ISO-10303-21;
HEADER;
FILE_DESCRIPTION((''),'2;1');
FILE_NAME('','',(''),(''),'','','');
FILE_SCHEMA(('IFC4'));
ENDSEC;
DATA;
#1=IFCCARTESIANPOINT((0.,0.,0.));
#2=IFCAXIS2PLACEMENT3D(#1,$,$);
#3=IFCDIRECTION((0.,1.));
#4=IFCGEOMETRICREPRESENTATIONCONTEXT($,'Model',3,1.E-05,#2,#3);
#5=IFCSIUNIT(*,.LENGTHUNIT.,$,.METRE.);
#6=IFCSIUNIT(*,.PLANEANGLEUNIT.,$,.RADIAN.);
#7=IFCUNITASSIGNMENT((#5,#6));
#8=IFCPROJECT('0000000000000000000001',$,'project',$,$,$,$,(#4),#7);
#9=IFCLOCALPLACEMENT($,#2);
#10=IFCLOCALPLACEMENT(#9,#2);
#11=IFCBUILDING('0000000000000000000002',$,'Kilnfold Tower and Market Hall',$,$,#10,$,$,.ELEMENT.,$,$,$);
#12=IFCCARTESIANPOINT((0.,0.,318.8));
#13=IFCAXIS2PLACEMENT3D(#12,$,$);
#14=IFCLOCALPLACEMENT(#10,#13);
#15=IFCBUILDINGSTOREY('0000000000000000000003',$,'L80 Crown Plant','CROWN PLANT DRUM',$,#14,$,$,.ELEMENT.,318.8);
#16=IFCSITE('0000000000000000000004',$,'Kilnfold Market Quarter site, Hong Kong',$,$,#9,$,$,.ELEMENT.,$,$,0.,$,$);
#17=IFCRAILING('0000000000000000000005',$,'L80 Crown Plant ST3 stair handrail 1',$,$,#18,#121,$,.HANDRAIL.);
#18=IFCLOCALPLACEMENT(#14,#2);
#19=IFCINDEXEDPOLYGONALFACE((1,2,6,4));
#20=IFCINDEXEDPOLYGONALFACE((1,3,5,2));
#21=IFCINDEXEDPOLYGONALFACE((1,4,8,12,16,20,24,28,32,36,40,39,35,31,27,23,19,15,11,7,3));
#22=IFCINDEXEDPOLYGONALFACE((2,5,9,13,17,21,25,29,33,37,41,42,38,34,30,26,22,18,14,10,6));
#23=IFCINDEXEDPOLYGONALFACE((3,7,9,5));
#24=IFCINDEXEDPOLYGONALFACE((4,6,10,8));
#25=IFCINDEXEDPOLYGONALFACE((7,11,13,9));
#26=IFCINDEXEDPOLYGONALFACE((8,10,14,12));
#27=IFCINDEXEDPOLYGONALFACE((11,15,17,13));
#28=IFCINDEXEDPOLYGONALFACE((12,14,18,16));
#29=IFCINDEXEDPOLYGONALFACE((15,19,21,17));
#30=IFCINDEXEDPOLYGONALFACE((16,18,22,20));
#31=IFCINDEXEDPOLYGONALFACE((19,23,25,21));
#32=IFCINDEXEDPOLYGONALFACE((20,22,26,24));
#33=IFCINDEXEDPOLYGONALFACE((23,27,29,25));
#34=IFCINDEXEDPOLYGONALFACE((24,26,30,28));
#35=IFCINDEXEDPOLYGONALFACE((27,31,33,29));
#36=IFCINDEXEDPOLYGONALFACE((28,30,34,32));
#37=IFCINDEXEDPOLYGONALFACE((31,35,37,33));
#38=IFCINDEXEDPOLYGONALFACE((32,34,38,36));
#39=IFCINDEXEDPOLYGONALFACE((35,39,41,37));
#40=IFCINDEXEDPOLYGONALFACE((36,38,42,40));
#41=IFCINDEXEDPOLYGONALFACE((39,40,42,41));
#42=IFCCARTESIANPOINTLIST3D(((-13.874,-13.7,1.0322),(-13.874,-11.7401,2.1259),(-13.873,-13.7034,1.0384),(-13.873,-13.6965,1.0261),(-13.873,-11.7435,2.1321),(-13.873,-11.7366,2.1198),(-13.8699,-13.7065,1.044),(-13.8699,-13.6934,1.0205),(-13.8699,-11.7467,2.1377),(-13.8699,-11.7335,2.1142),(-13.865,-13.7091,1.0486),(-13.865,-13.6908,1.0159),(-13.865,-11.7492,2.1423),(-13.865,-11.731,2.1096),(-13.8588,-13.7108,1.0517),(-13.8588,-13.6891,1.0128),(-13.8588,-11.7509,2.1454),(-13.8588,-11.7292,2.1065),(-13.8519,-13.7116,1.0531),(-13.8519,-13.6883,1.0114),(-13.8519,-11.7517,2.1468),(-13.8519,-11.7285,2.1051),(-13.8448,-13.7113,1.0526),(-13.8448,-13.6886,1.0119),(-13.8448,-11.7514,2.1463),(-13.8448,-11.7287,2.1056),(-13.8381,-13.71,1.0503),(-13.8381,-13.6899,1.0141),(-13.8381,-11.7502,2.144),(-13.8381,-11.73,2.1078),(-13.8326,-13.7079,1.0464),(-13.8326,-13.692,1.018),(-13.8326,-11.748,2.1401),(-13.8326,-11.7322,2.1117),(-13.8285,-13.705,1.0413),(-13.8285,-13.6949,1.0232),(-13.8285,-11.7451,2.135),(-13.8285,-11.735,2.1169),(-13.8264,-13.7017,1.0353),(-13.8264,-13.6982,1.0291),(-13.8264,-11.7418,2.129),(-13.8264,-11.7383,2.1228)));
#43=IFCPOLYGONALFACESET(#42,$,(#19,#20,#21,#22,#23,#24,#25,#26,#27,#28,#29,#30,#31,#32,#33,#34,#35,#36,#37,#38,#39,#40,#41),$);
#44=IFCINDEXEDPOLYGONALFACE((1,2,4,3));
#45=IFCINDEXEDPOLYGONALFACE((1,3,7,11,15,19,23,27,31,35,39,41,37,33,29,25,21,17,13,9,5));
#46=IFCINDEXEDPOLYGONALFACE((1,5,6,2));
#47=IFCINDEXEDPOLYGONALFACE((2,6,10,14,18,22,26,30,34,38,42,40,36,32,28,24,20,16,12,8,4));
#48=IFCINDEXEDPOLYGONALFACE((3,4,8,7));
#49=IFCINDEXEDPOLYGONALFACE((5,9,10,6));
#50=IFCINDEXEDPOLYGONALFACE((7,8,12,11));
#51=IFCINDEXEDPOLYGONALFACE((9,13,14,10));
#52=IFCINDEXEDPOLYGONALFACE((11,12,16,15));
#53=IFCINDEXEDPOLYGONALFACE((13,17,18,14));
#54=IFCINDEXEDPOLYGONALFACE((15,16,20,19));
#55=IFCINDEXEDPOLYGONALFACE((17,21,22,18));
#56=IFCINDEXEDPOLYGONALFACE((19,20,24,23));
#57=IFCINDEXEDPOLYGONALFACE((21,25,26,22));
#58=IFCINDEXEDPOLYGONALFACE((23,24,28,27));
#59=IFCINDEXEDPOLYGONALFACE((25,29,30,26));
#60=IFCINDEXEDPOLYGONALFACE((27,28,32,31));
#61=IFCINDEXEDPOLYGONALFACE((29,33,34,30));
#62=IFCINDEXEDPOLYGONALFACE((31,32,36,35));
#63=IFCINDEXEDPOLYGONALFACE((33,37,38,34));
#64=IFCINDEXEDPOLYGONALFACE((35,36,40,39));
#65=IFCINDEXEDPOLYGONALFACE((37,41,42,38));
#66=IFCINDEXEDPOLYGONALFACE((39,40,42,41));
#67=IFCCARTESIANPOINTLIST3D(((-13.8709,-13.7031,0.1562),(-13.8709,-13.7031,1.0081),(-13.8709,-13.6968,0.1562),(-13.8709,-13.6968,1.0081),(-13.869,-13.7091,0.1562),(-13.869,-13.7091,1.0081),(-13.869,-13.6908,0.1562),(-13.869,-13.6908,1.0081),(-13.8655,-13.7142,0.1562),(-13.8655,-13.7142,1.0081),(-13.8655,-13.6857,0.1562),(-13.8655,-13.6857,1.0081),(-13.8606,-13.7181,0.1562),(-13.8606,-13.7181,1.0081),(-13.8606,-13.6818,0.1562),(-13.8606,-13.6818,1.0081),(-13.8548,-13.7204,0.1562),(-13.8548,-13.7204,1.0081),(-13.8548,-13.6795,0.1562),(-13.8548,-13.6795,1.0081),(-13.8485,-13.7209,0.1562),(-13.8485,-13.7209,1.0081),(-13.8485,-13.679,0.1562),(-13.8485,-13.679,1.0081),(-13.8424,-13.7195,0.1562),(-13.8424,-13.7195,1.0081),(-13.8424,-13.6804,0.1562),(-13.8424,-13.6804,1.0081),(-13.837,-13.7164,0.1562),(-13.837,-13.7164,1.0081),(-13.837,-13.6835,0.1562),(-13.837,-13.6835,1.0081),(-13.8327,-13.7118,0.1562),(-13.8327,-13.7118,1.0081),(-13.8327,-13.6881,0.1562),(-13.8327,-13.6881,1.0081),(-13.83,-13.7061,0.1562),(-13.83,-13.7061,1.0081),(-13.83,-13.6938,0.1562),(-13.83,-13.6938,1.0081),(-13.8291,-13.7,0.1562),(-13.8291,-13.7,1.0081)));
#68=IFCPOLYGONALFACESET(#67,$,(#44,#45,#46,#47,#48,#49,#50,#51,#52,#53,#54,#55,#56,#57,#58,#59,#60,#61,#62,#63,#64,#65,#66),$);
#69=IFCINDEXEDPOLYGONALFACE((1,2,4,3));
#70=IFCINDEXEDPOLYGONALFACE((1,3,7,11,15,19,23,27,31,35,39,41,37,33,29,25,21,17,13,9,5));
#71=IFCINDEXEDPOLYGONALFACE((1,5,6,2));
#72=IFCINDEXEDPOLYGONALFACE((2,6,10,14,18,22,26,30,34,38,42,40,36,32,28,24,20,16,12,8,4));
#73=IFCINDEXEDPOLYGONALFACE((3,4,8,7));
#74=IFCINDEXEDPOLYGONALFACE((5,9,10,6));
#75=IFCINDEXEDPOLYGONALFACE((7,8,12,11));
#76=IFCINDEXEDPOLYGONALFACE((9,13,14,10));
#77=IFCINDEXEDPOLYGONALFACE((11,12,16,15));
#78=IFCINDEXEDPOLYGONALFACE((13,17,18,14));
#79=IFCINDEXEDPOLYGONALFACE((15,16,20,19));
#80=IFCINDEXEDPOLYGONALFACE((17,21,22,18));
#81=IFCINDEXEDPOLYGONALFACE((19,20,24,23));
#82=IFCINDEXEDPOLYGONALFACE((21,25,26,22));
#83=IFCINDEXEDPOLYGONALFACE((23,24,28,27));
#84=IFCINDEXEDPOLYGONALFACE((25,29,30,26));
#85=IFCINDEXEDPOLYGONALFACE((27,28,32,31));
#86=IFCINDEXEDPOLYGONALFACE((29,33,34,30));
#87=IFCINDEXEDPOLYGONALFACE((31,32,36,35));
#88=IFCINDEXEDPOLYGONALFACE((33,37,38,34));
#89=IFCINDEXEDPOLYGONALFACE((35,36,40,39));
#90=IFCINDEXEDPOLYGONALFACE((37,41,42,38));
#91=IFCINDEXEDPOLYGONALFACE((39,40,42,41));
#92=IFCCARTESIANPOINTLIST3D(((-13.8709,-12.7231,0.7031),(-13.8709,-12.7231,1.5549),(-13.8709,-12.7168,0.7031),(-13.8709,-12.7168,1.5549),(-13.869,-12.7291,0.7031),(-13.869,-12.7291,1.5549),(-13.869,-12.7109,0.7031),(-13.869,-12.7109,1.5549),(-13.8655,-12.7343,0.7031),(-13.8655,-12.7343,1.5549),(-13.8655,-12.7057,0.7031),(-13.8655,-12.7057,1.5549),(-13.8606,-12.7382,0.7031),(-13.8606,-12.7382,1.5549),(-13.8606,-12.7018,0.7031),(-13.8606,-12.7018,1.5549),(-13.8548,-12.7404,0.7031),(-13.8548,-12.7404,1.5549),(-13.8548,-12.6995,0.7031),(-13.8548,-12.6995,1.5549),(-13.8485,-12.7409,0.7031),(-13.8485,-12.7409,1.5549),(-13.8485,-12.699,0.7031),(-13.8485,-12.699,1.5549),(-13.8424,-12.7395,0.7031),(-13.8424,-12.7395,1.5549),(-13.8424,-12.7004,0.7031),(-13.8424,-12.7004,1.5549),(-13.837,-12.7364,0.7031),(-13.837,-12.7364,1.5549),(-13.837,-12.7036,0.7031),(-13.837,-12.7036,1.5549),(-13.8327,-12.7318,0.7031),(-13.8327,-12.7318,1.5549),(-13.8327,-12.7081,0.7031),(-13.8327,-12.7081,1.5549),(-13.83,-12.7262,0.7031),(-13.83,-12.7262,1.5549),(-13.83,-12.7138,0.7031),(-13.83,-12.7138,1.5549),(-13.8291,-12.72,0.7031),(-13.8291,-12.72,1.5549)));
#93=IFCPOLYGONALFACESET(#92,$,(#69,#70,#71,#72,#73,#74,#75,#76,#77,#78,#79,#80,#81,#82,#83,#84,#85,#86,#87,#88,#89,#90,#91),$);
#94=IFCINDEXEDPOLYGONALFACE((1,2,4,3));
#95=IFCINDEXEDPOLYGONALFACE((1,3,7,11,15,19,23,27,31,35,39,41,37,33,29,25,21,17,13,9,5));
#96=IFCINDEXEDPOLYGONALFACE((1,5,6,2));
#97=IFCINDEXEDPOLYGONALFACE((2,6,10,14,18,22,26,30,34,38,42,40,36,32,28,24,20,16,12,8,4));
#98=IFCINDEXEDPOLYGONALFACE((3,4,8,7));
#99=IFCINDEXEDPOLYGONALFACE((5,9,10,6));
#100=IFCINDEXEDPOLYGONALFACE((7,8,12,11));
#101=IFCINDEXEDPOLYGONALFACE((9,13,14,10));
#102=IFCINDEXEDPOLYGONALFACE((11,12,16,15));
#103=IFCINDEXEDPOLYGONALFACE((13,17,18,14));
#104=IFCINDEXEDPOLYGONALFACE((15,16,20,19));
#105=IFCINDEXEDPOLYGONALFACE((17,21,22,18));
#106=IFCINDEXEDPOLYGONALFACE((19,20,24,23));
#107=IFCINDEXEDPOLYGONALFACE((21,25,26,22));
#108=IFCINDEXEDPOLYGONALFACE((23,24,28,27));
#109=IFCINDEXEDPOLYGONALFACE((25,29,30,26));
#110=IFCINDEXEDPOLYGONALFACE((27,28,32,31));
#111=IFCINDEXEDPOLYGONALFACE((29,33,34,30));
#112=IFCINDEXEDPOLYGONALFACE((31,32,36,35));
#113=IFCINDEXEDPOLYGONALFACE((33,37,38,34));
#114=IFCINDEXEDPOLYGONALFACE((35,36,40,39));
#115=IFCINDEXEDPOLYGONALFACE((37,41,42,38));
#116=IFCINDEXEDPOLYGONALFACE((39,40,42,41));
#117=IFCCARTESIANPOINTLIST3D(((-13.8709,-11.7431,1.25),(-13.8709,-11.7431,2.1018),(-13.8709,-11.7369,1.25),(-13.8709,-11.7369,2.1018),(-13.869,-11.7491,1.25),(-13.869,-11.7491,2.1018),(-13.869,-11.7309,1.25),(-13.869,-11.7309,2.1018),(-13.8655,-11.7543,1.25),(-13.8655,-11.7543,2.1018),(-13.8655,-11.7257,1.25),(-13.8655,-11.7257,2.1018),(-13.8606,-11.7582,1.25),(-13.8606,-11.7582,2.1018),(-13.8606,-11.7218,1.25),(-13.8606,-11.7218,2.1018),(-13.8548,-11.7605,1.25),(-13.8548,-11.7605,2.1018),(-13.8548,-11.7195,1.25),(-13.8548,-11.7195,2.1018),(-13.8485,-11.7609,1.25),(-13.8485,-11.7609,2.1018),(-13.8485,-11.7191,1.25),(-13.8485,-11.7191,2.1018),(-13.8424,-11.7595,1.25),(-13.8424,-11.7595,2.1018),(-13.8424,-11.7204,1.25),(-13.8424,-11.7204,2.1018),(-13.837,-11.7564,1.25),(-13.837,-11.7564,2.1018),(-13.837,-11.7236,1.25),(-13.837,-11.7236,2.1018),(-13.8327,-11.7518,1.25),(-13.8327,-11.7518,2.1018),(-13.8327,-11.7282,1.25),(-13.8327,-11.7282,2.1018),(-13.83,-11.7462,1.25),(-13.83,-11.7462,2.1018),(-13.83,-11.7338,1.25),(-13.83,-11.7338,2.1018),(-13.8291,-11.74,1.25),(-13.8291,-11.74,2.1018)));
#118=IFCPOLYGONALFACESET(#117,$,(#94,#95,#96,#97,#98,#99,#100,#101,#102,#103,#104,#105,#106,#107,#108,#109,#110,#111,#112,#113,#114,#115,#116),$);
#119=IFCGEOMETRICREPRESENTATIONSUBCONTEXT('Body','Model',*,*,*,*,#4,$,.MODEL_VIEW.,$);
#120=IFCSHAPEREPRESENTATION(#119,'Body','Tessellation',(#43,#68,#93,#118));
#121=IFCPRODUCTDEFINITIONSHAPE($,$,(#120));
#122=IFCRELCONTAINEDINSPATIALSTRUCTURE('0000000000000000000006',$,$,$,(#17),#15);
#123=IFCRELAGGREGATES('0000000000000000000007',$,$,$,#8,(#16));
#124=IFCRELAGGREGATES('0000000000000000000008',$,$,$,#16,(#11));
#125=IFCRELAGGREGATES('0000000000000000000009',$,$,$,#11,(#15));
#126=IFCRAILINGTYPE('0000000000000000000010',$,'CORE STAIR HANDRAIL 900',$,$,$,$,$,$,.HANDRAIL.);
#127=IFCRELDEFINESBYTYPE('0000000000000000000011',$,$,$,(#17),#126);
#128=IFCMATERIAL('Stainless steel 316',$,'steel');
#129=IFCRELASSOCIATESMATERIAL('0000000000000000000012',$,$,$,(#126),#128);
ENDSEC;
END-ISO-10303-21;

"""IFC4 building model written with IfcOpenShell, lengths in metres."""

from ifc_helpers import new_model, si_unit, direction, frame, origin, origin_2d, place, context, subcontext, project, spatial, circle, extrude, material, type_object, element, save


model = new_model("IFC4")

# Units and contexts
model_context = context("Model", 3, precision=1e-05, world=origin(), true_north=direction((0.0, 1.0)))
body_context = subcontext(model_context, "Body", "Model", "MODEL_VIEW")
ifc_project = project(units=[si_unit("LENGTHUNIT", "METRE"), si_unit("PLANEANGLEUNIT", "RADIAN")], contexts=[model_context])

# Site, building, storey
site_placement = place(None, origin())
site = spatial("IfcSite", under=ifc_project, at=site_placement, Name="Kilnfold Market Quarter site, Hong Kong", CompositionType="ELEMENT", RefElevation=0.0)
building_placement = place(site_placement, origin())
building = spatial("IfcBuilding", under=site, at=building_placement, Name="Kilnfold Tower and Market Hall", CompositionType="ELEMENT")
storey_placement = place(building_placement, frame((0.0, 0.0, 318.8)))
storey = spatial("IfcBuildingStorey", under=building, at=storey_placement, Name="L80 Crown Plant", Description="CROWN PLANT DRUM", CompositionType="ELEMENT", Elevation=318.8)

# Railing
ifc_material_1 = material(Name="Stainless steel 316", Category="steel")
railing_type_1 = type_object("IfcRailingType", Name="CORE STAIR HANDRAIL 900", PredefinedType="HANDRAIL", material=ifc_material_1)
railing_1_placement = place(storey_placement, frame((-13.8501, -13.7, 0.1562)))
element("IfcRailing", 1, at=railing_1_placement, inside=storey, type_object=railing_type_1, Name="L80 Crown Plant ST3 stair handrail 1", PredefinedType="HANDRAIL", context=body_context, shape_type="SweptSolid", body=[
    extrude(circle(Radius=0.0239, at=origin_2d()), frame((0.0, 0.0, 0.876), z_axis=(0.0, 0.873232, 0.487304), x_axis=(-1.0, 0.0, 0.0)), (0.0, 0.0, 1.0), 2.2444),
    extrude(circle(Radius=0.021, at=origin_2d()), origin(), (0.0, 0.0, 1.0), 0.8518),
    extrude(circle(Radius=0.021, at=origin_2d()), frame((0.0, 0.98, 0.5469)), (0.0, 0.0, 1.0), 0.8518),
    extrude(circle(Radius=0.021, at=origin_2d()), frame((0.0, 1.96, 1.0938)), (0.0, 0.0, 1.0), 0.8518),
])

save(model, "model.ifc")
